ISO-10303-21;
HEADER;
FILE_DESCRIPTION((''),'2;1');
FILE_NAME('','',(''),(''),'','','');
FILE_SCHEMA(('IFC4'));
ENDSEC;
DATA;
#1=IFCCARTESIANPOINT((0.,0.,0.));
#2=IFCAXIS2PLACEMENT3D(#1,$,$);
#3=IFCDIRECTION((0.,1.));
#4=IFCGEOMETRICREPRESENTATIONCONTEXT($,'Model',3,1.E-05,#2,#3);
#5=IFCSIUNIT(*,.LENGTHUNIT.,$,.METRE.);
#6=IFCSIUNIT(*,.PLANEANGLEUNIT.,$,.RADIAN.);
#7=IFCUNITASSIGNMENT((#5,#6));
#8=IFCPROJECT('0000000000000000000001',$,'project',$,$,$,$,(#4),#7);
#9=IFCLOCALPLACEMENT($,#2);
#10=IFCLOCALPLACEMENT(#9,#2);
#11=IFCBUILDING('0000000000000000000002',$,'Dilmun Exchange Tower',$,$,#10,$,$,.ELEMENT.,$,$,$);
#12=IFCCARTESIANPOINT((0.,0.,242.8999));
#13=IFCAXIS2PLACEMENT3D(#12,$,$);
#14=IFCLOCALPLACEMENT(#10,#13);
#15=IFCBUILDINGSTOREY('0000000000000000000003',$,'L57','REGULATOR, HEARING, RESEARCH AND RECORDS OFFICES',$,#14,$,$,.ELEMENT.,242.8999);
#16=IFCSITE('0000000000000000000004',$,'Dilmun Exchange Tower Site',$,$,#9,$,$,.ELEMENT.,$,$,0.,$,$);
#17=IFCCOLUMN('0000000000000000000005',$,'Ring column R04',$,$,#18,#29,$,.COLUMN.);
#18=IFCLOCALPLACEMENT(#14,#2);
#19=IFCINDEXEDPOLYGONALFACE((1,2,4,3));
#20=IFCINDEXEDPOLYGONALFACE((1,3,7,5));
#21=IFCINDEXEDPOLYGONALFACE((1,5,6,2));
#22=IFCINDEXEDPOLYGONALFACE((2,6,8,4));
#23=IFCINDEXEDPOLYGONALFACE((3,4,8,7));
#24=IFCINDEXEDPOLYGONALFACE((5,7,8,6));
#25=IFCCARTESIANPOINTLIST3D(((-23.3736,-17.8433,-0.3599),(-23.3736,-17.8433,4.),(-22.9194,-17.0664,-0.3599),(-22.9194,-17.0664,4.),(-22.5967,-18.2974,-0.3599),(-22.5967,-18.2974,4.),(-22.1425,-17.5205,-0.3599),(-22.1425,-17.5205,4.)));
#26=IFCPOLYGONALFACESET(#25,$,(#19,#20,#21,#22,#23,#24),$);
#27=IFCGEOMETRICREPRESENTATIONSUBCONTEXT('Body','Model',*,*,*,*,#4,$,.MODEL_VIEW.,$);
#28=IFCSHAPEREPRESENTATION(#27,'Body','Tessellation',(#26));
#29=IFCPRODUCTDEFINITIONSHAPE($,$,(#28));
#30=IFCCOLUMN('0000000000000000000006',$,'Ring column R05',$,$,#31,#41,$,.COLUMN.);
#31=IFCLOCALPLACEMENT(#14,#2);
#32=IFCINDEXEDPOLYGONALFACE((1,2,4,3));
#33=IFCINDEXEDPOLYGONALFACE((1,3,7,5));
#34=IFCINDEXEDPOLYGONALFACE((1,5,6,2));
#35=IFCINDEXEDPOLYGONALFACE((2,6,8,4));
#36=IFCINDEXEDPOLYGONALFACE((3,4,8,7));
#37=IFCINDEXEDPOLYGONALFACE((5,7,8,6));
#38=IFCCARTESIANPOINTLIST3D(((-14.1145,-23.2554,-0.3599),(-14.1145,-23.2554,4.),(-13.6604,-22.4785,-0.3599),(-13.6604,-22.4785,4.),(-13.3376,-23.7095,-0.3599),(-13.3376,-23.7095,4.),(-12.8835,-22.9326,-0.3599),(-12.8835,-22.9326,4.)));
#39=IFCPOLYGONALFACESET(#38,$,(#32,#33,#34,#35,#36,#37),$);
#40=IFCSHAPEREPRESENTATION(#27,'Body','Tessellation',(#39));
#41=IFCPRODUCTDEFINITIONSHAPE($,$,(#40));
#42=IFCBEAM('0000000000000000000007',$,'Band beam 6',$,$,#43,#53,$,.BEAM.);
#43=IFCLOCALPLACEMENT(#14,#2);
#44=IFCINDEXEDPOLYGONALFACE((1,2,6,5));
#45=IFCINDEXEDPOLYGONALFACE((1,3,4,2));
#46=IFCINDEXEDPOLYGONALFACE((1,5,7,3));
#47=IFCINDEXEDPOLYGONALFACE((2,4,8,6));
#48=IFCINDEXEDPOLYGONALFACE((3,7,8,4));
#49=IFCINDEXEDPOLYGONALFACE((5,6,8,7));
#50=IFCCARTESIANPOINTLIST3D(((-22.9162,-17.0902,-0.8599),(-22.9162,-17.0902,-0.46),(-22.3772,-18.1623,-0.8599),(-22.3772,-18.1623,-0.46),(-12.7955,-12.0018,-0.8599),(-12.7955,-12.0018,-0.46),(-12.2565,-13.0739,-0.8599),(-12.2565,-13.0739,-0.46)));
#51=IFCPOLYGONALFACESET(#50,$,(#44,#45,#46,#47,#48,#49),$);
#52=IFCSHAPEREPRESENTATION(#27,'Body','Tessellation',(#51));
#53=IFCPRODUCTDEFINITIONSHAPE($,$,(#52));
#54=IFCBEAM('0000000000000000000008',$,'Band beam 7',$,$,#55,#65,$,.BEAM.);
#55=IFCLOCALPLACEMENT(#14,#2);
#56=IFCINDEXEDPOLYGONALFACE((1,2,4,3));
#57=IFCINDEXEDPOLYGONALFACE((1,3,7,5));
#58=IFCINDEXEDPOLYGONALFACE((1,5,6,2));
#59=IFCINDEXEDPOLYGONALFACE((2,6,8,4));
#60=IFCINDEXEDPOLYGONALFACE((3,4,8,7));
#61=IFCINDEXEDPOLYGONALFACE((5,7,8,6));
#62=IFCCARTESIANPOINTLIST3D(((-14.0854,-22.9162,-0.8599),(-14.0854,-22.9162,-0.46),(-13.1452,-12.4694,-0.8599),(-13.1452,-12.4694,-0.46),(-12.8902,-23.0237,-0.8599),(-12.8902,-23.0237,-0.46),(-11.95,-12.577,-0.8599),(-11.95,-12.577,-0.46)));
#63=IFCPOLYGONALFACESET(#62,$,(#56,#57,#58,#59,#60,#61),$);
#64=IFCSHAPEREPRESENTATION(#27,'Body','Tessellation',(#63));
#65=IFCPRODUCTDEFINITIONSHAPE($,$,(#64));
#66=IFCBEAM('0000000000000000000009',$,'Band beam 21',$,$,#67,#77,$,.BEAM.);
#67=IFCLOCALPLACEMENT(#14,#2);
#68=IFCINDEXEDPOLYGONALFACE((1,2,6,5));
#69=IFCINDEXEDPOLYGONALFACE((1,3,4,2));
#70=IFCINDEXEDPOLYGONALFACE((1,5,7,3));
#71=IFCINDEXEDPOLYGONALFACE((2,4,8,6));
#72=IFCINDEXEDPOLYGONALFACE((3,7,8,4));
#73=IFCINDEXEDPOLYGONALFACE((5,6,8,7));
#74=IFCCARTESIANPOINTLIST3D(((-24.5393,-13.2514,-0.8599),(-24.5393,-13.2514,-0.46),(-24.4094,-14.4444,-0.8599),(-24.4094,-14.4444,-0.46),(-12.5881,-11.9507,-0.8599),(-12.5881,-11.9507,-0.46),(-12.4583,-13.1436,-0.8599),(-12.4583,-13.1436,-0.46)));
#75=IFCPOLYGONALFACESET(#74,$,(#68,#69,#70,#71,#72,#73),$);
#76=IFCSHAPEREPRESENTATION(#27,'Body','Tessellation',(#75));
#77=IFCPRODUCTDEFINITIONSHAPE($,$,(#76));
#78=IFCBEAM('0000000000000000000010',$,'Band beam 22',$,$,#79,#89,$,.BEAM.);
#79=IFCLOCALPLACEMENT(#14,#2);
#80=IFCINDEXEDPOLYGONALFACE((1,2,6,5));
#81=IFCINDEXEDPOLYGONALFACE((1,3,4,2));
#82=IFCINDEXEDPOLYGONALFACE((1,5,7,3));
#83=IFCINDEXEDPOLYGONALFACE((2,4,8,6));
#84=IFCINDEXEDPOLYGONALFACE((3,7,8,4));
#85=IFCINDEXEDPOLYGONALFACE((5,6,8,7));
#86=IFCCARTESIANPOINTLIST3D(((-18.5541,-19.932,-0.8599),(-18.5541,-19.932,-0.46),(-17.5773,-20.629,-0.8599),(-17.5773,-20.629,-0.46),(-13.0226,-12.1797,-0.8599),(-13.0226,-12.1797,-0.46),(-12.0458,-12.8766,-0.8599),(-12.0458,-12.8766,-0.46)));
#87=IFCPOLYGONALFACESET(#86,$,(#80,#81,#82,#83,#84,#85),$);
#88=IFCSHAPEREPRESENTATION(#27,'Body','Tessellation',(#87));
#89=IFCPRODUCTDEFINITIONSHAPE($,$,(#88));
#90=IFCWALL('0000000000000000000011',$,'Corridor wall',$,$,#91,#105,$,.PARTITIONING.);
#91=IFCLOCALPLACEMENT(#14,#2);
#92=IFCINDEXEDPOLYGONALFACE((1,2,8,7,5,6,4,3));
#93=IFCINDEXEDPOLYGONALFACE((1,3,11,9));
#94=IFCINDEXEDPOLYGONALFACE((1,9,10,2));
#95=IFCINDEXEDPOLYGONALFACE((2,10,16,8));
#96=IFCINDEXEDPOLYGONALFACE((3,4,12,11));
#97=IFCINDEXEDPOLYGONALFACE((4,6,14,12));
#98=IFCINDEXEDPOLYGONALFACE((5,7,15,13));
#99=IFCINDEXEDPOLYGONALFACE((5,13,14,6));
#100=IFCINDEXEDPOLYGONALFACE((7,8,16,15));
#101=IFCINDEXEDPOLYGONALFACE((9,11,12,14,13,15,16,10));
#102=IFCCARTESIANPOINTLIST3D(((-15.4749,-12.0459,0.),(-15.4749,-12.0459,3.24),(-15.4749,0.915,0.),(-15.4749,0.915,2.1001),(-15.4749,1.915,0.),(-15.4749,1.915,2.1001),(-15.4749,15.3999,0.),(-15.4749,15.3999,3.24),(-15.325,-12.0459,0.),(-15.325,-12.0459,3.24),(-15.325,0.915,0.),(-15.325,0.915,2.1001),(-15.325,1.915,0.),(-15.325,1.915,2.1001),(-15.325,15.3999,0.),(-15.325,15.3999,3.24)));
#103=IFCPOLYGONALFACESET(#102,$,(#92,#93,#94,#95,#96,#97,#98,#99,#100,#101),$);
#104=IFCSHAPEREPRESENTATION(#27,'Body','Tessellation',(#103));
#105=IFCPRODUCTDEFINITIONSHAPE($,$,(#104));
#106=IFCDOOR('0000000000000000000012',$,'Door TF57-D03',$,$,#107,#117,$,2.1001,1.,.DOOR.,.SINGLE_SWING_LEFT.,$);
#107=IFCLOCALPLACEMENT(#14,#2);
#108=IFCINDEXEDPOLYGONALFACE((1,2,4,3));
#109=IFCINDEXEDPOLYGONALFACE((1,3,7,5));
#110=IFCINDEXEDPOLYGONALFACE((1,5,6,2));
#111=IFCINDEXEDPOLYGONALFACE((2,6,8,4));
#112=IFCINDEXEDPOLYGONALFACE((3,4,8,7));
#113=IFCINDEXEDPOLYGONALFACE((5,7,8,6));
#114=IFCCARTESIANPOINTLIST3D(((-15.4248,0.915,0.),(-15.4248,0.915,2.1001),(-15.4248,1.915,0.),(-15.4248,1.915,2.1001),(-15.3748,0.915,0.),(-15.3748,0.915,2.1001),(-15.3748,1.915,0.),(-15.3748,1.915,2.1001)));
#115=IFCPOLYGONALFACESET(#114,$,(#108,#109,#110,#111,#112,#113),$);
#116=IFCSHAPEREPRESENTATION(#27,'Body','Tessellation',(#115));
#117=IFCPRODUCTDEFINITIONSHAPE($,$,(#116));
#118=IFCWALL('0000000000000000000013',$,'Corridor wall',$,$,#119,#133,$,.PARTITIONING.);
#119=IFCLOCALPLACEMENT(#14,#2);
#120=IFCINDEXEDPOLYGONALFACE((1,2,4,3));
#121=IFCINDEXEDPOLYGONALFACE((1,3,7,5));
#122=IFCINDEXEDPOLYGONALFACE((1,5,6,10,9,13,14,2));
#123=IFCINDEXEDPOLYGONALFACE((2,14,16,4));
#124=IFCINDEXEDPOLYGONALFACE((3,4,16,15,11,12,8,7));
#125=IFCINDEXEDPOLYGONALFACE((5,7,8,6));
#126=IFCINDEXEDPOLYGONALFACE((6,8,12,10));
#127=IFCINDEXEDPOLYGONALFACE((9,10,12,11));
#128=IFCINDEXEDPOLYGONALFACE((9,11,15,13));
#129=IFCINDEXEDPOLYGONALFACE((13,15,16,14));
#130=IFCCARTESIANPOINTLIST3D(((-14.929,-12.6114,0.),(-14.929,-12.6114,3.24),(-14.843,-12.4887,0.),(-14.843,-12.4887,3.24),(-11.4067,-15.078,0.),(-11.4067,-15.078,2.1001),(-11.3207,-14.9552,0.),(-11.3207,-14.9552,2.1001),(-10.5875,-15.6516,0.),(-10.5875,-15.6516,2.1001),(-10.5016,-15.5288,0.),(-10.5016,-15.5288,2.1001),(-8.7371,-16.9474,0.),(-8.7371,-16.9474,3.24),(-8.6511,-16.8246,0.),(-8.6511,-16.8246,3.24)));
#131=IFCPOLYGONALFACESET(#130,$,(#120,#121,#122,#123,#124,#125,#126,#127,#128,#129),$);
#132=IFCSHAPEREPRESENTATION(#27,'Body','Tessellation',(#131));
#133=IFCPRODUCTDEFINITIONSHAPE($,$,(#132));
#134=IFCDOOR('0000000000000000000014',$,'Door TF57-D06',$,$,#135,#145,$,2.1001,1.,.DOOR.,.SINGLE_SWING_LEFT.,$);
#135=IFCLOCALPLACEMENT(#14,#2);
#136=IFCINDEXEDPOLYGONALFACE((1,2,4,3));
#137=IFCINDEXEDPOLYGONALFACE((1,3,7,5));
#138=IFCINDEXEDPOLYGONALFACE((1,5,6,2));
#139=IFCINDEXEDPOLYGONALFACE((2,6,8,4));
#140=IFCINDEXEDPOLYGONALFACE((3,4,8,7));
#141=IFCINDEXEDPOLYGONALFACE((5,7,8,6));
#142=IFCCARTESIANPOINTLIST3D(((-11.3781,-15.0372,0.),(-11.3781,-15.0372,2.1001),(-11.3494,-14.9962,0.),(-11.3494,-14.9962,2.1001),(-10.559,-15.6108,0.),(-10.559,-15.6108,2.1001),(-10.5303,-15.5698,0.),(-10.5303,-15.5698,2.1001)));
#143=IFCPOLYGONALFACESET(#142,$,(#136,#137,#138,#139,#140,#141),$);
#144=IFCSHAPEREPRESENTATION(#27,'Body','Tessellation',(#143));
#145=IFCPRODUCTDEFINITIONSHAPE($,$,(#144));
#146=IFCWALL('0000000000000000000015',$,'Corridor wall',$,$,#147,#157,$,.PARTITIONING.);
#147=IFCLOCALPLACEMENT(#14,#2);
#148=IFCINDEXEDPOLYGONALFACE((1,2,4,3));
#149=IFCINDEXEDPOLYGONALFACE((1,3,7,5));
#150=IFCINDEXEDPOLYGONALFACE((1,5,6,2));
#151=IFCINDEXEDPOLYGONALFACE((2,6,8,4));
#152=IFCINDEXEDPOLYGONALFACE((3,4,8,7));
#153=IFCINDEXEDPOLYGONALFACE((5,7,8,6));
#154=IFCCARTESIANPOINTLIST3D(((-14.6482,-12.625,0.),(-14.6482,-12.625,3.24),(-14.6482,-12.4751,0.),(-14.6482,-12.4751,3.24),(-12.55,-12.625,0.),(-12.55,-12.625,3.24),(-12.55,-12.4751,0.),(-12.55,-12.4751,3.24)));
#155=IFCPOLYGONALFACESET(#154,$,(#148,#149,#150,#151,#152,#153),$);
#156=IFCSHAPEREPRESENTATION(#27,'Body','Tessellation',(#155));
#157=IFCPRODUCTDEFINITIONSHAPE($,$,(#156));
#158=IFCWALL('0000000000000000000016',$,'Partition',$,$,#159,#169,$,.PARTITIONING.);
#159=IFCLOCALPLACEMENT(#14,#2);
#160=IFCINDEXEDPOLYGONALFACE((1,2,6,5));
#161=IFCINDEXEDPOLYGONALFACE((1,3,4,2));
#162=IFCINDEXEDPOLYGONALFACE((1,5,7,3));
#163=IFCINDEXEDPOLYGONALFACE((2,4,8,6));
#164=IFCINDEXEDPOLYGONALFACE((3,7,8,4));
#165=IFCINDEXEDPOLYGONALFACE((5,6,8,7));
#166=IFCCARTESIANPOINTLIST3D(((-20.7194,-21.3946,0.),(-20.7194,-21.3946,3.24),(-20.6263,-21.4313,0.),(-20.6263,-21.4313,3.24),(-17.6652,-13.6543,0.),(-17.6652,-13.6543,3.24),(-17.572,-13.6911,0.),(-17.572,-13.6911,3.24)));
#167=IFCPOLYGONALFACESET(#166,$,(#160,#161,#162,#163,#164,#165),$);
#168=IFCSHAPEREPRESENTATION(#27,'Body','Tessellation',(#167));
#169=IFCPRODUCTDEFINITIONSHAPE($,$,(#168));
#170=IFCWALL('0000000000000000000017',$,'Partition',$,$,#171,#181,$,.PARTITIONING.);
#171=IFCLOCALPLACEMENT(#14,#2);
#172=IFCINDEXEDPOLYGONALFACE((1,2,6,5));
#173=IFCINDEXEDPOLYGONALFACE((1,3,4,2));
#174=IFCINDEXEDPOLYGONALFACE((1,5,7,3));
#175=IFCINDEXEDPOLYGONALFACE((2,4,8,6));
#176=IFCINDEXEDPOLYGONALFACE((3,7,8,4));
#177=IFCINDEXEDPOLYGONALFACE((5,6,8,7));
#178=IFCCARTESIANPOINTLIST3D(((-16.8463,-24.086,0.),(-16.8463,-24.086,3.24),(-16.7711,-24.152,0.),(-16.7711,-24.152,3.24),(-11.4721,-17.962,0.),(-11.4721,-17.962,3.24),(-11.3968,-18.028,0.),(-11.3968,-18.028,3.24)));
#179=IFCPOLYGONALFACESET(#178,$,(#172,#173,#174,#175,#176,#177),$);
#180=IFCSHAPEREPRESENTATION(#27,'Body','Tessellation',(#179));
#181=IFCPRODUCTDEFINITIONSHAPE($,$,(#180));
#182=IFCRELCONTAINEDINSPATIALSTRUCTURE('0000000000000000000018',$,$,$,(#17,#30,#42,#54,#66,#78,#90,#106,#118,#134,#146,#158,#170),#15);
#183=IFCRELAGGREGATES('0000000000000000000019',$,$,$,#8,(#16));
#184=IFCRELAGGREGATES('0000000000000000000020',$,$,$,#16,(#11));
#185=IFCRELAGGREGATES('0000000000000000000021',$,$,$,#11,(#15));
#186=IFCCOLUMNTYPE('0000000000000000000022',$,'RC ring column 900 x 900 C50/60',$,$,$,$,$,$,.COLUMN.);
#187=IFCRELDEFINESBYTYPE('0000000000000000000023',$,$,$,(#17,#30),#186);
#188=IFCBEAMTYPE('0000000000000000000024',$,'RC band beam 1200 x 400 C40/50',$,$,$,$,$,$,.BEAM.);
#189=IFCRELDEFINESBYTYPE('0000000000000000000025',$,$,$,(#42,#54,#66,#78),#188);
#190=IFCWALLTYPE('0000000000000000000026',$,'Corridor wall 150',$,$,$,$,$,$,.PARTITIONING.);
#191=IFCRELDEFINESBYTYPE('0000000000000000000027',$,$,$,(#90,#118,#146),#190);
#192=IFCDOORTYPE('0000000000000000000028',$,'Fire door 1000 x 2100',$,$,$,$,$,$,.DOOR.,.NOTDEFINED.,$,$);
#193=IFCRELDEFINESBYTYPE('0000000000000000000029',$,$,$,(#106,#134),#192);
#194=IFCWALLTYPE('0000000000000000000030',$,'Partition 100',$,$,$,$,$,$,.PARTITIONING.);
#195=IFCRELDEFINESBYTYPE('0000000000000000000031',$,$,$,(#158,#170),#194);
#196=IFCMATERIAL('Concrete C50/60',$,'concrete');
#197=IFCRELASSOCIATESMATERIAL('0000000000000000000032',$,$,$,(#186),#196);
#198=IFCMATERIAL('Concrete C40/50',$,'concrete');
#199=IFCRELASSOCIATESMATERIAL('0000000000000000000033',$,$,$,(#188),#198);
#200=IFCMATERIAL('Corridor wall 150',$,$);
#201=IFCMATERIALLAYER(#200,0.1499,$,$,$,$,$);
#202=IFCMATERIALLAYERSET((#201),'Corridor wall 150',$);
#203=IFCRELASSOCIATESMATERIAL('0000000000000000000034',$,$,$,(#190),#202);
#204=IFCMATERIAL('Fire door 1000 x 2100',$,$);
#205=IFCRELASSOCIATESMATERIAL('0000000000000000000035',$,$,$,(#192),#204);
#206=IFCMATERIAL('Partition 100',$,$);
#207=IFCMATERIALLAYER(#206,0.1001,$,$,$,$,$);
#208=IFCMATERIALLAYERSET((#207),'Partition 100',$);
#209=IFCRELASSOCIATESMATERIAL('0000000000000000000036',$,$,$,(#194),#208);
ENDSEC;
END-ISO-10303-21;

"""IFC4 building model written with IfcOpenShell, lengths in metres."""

from ifc_helpers import new_model, si_unit, direction, frame, frame_2d, origin, origin_2d, place, context, subcontext, project, spatial, rectangle, extrude, material, layer, layer_set, material_profile, profile_set, type_object, element, fill, save


model = new_model("IFC4")

# Units and contexts
model_context = context("Model", 3, precision=1e-05, world=origin(), true_north=direction((0.0, 1.0)))
body_context = subcontext(model_context, "Body", "Model", "MODEL_VIEW")
ifc_project = project(units=[si_unit("LENGTHUNIT", "METRE"), si_unit("PLANEANGLEUNIT", "RADIAN")], contexts=[model_context])

# Site, building, storey
site_placement = place(None, origin())
site = spatial("IfcSite", under=ifc_project, at=site_placement, Name="Dilmun Exchange Tower Site", CompositionType="ELEMENT", RefElevation=0.0)
building_placement = place(site_placement, origin())
building = spatial("IfcBuilding", under=site, at=building_placement, Name="Dilmun Exchange Tower", CompositionType="ELEMENT")
storey_placement = place(building_placement, frame((0.0, 0.0, 242.8999)))
storey = spatial("IfcBuildingStorey", under=building, at=storey_placement, Name="L57", Description="REGULATOR, HEARING, RESEARCH AND RECORDS OFFICES", CompositionType="ELEMENT", Elevation=242.8999)

# Columns
ifc_material_1 = material(Name="Concrete C50/60", Category="concrete")
ifc_material_profile_1 = material_profile(ifc_material_1, rectangle(XDim=0.8999, YDim=0.8999, at=origin_2d()), Name="900 x 900")
ifc_profile_set_1 = profile_set([ifc_material_profile_1], Name="Concrete C50/60")
column_type = type_object("IfcColumnType", Name="RC ring column 900 x 900 C50/60", PredefinedType="COLUMN", material=ifc_profile_set_1)
for number, where, z_axis, x_axis, name in (
    (1, (-22.7581, -17.6819, -0.3599), (0.0, 0.0, 1.0), (0.504644, 0.863328, 0.0), "Ring column R04"),
    (2, (-13.499, -23.094, -0.3599), (0.0, 0.0, 1.0), (0.504644, 0.863328, 0.0), "Ring column R05"),
):
    element("IfcColumn", number, at=place(storey_placement, frame(where, z_axis=z_axis, x_axis=x_axis)), inside=storey, type_object=column_type, Name=name, PredefinedType="COLUMN", context=body_context, shape_type="SweptSolid", body=[
        extrude(rectangle(XDim=0.8999, YDim=0.8999, at=origin_2d()), origin(), (0.0, 0.0, 1.0), 4.3599),
    ])

# Beams
ifc_material_2 = material(Name="Concrete C40/50", Category="concrete")
ifc_material_profile_2 = material_profile(ifc_material_2, rectangle(XDim=1.2, YDim=0.3999, at=origin_2d()), Name="1200 x 400")
ifc_profile_set_2 = profile_set([ifc_material_profile_2], Name="Concrete C40/50")
beam_type = type_object("IfcBeamType", Name="RC band beam 1200 x 400 C40/50", PredefinedType="BEAM", material=ifc_profile_set_2)
beam_1_placement = place(storey_placement, frame((-22.6467, -17.6262, -0.6599), z_axis=(0.893438, 0.449187, 0.0), x_axis=(-0.449187, 0.893438, 0.0)))
element("IfcBeam", 3, at=beam_1_placement, inside=storey, type_object=beam_type, Name="Band beam 6", PredefinedType="BEAM", context=body_context, shape_type="SweptSolid", body=[
    extrude(rectangle(XDim=1.2, YDim=0.3999, at=origin_2d()), origin(), (0.0, 0.0, 1.0), 11.3279),
])
beam_2_placement = place(storey_placement, frame((-13.4878, -22.97, -0.6599), z_axis=(0.089635, 0.995975, 0.0), x_axis=(-0.995975, 0.089635, 0.0)))
element("IfcBeam", 4, at=beam_2_placement, inside=storey, type_object=beam_type, Name="Band beam 7", PredefinedType="BEAM", context=body_context, shape_type="SweptSolid", body=[
    extrude(rectangle(XDim=1.2, YDim=0.3999, at=origin_2d()), origin(), (0.0, 0.0, 1.0), 10.489),
])
beam_3_placement = place(storey_placement, frame((-24.4744, -13.8479, -0.6599), z_axis=(0.994129, 0.108202, 0.0), x_axis=(-0.108202, 0.994129, 0.0)))
element("IfcBeam", 5, at=beam_3_placement, inside=storey, type_object=beam_type, Name="Band beam 21", PredefinedType="BEAM", context=body_context, shape_type="SweptSolid", body=[
    extrude(rectangle(XDim=1.2, YDim=0.3999, at=origin_2d()), origin(), (0.0, 0.0, 1.0), 12.0217),
])
beam_4_placement = place(storey_placement, frame((-18.0657, -20.2805, -0.6599), z_axis=(0.580823, 0.81403, 0.0), x_axis=(-0.81403, 0.580823, 0.0)))
element("IfcBeam", 6, at=beam_4_placement, inside=storey, type_object=beam_type, Name="Band beam 22", PredefinedType="BEAM", context=body_context, shape_type="SweptSolid", body=[
    extrude(rectangle(XDim=1.2, YDim=0.3999, at=origin_2d()), origin(), (0.0, 0.0, 1.0), 9.5234),
])

# Walls, openings, doors
ifc_material_3 = material(Name="Corridor wall 150")
ifc_layer_1 = layer(ifc_material_3, 0.1499)
ifc_layer_set_1 = layer_set([ifc_layer_1], Name="Corridor wall 150")
wall_type_1 = type_object("IfcWallType", Name="Corridor wall 150", PredefinedType="PARTITIONING", material=ifc_layer_set_1)
wall_1_placement = place(storey_placement, frame((-15.3999, -12.0459, 0.0), z_axis=(0.0, 0.0, 1.0), x_axis=(0.0, 1.0, 0.0)))
wall_1 = element("IfcWall", 7, at=wall_1_placement, inside=storey, type_object=wall_type_1, Name="Corridor wall", PredefinedType="PARTITIONING", context=body_context, shape_type="SweptSolid", body=[
    extrude(rectangle(XDim=27.4458, YDim=0.1499, at=frame_2d((13.7229, 0.0))), origin(), (0.0, 0.0, 1.0), 3.24),
])
opening_1_placement = place(wall_1_placement, frame((12.9609, 0.0, 0.0)))
opening_1 = element("IfcOpeningElement", 8, at=opening_1_placement, cuts=wall_1, PredefinedType="OPENING", context=body_context, shape_type="SweptSolid", body=[
    extrude(rectangle(XDim=1.0, YDim=2.1001, at=frame_2d((0.5, 1.05))), frame((0.0, 0.085, 0.0), z_axis=(0.0, -1.0, 0.0), x_axis=(1.0, 0.0, 0.0)), (0.0, 0.0, 1.0), 0.1699),
])
ifc_material_4 = material(Name="Fire door 1000 x 2100")
door_type = type_object("IfcDoorType", Name="Fire door 1000 x 2100", OperationType="NOTDEFINED", PredefinedType="DOOR", material=ifc_material_4)
door_1_placement = place(opening_1_placement, origin())
door_1 = element("IfcDoor", 9, at=door_1_placement, inside=storey, type_object=door_type, Name="Door TF57-D03", OperationType="SINGLE_SWING_LEFT", OverallHeight=2.1001, OverallWidth=1.0, PredefinedType="DOOR", context=body_context, shape_type="SweptSolid", body=[
    extrude(rectangle(XDim=1.0, YDim=2.1001, at=frame_2d((0.5, 1.05))), frame((0.0, 0.0249, 0.0), z_axis=(0.0, -1.0, 0.0), x_axis=(1.0, 0.0, 0.0)), (0.0, 0.0, 1.0), 0.05),
])
fill(opening_1, door_1)
wall_2_placement = place(storey_placement, frame((-14.886, -12.55, 0.0), z_axis=(0.0, 0.0, 1.0), x_axis=(0.819132, -0.573605, 0.0)))
wall_2 = element("IfcWall", 10, at=wall_2_placement, inside=storey, type_object=wall_type_1, Name="Corridor wall", PredefinedType="PARTITIONING", context=body_context, shape_type="SweptSolid", body=[
    extrude(rectangle(XDim=7.5591, YDim=0.1499, at=frame_2d((3.7795, 0.0))), origin(), (0.0, 0.0, 1.0), 3.24),
])
opening_2_placement = place(wall_2_placement, frame((4.3, 0.0, 0.0)))
opening_2 = element("IfcOpeningElement", 11, at=opening_2_placement, cuts=wall_2, PredefinedType="OPENING", context=body_context, shape_type="SweptSolid", body=[
    extrude(rectangle(XDim=1.0, YDim=2.1001, at=frame_2d((0.5, 1.05))), frame((0.0, 0.085, 0.0), z_axis=(0.0, -1.0, 0.0), x_axis=(1.0, 0.0, 0.0)), (0.0, 0.0, 1.0), 0.1699),
])
door_2_placement = place(opening_2_placement, origin())
door_2 = element("IfcDoor", 12, at=door_2_placement, inside=storey, type_object=door_type, Name="Door TF57-D06", OperationType="SINGLE_SWING_LEFT", OverallHeight=2.1001, OverallWidth=1.0, PredefinedType="DOOR", context=body_context, shape_type="SweptSolid", body=[
    extrude(rectangle(XDim=1.0, YDim=2.1001, at=frame_2d((0.5, 1.05))), frame((0.0, 0.0249, 0.0), z_axis=(0.0, -1.0, 0.0), x_axis=(1.0, 0.0, 0.0)), (0.0, 0.0, 1.0), 0.05),
])
fill(opening_2, door_2)

# Walls
wall_3_placement = place(storey_placement, frame((-14.6482, -12.55, 0.0), z_axis=(0.0, 0.0, 1.0), x_axis=(1.0, 0.0, 0.0)))
element("IfcWall", 13, at=wall_3_placement, inside=storey, type_object=wall_type_1, Name="Corridor wall", PredefinedType="PARTITIONING", context=body_context, shape_type="SweptSolid", body=[
    extrude(rectangle(XDim=2.0981, YDim=0.1499, at=frame_2d((1.0491, 0.0))), origin(), (0.0, 0.0, 1.0), 3.24),
])
ifc_material_5 = material(Name="Partition 100")
ifc_layer_2 = layer(ifc_material_5, 0.1001)
ifc_layer_set_2 = layer_set([ifc_layer_2], Name="Partition 100")
wall_type_2 = type_object("IfcWallType", Name="Partition 100", PredefinedType="PARTITIONING", material=ifc_layer_set_2)
wall_4_placement = place(storey_placement, frame((-20.6729, -21.4131, 0.0), z_axis=(0.0, 0.0, 1.0), x_axis=(0.367046, 0.930203, 0.0)))
element("IfcWall", 14, at=wall_4_placement, inside=storey, type_object=wall_type_2, Name="Partition", PredefinedType="PARTITIONING", context=body_context, shape_type="SweptSolid", body=[
    extrude(rectangle(XDim=8.321, YDim=0.1001, at=frame_2d((4.1606, 0.0))), origin(), (0.0, 0.0, 1.0), 3.24),
])
wall_5_placement = place(storey_placement, frame((-16.8086, -24.1189, 0.0), z_axis=(0.0, 0.0, 1.0), x_axis=(0.659599, 0.751618, 0.0)))
element("IfcWall", 15, at=wall_5_placement, inside=storey, type_object=wall_type_2, Name="Partition", PredefinedType="PARTITIONING", context=body_context, shape_type="SweptSolid", body=[
    extrude(rectangle(XDim=8.1477, YDim=0.1001, at=frame_2d((4.0737, 0.0))), origin(), (0.0, 0.0, 1.0), 3.24),
])

save(model, "model.ifc")
